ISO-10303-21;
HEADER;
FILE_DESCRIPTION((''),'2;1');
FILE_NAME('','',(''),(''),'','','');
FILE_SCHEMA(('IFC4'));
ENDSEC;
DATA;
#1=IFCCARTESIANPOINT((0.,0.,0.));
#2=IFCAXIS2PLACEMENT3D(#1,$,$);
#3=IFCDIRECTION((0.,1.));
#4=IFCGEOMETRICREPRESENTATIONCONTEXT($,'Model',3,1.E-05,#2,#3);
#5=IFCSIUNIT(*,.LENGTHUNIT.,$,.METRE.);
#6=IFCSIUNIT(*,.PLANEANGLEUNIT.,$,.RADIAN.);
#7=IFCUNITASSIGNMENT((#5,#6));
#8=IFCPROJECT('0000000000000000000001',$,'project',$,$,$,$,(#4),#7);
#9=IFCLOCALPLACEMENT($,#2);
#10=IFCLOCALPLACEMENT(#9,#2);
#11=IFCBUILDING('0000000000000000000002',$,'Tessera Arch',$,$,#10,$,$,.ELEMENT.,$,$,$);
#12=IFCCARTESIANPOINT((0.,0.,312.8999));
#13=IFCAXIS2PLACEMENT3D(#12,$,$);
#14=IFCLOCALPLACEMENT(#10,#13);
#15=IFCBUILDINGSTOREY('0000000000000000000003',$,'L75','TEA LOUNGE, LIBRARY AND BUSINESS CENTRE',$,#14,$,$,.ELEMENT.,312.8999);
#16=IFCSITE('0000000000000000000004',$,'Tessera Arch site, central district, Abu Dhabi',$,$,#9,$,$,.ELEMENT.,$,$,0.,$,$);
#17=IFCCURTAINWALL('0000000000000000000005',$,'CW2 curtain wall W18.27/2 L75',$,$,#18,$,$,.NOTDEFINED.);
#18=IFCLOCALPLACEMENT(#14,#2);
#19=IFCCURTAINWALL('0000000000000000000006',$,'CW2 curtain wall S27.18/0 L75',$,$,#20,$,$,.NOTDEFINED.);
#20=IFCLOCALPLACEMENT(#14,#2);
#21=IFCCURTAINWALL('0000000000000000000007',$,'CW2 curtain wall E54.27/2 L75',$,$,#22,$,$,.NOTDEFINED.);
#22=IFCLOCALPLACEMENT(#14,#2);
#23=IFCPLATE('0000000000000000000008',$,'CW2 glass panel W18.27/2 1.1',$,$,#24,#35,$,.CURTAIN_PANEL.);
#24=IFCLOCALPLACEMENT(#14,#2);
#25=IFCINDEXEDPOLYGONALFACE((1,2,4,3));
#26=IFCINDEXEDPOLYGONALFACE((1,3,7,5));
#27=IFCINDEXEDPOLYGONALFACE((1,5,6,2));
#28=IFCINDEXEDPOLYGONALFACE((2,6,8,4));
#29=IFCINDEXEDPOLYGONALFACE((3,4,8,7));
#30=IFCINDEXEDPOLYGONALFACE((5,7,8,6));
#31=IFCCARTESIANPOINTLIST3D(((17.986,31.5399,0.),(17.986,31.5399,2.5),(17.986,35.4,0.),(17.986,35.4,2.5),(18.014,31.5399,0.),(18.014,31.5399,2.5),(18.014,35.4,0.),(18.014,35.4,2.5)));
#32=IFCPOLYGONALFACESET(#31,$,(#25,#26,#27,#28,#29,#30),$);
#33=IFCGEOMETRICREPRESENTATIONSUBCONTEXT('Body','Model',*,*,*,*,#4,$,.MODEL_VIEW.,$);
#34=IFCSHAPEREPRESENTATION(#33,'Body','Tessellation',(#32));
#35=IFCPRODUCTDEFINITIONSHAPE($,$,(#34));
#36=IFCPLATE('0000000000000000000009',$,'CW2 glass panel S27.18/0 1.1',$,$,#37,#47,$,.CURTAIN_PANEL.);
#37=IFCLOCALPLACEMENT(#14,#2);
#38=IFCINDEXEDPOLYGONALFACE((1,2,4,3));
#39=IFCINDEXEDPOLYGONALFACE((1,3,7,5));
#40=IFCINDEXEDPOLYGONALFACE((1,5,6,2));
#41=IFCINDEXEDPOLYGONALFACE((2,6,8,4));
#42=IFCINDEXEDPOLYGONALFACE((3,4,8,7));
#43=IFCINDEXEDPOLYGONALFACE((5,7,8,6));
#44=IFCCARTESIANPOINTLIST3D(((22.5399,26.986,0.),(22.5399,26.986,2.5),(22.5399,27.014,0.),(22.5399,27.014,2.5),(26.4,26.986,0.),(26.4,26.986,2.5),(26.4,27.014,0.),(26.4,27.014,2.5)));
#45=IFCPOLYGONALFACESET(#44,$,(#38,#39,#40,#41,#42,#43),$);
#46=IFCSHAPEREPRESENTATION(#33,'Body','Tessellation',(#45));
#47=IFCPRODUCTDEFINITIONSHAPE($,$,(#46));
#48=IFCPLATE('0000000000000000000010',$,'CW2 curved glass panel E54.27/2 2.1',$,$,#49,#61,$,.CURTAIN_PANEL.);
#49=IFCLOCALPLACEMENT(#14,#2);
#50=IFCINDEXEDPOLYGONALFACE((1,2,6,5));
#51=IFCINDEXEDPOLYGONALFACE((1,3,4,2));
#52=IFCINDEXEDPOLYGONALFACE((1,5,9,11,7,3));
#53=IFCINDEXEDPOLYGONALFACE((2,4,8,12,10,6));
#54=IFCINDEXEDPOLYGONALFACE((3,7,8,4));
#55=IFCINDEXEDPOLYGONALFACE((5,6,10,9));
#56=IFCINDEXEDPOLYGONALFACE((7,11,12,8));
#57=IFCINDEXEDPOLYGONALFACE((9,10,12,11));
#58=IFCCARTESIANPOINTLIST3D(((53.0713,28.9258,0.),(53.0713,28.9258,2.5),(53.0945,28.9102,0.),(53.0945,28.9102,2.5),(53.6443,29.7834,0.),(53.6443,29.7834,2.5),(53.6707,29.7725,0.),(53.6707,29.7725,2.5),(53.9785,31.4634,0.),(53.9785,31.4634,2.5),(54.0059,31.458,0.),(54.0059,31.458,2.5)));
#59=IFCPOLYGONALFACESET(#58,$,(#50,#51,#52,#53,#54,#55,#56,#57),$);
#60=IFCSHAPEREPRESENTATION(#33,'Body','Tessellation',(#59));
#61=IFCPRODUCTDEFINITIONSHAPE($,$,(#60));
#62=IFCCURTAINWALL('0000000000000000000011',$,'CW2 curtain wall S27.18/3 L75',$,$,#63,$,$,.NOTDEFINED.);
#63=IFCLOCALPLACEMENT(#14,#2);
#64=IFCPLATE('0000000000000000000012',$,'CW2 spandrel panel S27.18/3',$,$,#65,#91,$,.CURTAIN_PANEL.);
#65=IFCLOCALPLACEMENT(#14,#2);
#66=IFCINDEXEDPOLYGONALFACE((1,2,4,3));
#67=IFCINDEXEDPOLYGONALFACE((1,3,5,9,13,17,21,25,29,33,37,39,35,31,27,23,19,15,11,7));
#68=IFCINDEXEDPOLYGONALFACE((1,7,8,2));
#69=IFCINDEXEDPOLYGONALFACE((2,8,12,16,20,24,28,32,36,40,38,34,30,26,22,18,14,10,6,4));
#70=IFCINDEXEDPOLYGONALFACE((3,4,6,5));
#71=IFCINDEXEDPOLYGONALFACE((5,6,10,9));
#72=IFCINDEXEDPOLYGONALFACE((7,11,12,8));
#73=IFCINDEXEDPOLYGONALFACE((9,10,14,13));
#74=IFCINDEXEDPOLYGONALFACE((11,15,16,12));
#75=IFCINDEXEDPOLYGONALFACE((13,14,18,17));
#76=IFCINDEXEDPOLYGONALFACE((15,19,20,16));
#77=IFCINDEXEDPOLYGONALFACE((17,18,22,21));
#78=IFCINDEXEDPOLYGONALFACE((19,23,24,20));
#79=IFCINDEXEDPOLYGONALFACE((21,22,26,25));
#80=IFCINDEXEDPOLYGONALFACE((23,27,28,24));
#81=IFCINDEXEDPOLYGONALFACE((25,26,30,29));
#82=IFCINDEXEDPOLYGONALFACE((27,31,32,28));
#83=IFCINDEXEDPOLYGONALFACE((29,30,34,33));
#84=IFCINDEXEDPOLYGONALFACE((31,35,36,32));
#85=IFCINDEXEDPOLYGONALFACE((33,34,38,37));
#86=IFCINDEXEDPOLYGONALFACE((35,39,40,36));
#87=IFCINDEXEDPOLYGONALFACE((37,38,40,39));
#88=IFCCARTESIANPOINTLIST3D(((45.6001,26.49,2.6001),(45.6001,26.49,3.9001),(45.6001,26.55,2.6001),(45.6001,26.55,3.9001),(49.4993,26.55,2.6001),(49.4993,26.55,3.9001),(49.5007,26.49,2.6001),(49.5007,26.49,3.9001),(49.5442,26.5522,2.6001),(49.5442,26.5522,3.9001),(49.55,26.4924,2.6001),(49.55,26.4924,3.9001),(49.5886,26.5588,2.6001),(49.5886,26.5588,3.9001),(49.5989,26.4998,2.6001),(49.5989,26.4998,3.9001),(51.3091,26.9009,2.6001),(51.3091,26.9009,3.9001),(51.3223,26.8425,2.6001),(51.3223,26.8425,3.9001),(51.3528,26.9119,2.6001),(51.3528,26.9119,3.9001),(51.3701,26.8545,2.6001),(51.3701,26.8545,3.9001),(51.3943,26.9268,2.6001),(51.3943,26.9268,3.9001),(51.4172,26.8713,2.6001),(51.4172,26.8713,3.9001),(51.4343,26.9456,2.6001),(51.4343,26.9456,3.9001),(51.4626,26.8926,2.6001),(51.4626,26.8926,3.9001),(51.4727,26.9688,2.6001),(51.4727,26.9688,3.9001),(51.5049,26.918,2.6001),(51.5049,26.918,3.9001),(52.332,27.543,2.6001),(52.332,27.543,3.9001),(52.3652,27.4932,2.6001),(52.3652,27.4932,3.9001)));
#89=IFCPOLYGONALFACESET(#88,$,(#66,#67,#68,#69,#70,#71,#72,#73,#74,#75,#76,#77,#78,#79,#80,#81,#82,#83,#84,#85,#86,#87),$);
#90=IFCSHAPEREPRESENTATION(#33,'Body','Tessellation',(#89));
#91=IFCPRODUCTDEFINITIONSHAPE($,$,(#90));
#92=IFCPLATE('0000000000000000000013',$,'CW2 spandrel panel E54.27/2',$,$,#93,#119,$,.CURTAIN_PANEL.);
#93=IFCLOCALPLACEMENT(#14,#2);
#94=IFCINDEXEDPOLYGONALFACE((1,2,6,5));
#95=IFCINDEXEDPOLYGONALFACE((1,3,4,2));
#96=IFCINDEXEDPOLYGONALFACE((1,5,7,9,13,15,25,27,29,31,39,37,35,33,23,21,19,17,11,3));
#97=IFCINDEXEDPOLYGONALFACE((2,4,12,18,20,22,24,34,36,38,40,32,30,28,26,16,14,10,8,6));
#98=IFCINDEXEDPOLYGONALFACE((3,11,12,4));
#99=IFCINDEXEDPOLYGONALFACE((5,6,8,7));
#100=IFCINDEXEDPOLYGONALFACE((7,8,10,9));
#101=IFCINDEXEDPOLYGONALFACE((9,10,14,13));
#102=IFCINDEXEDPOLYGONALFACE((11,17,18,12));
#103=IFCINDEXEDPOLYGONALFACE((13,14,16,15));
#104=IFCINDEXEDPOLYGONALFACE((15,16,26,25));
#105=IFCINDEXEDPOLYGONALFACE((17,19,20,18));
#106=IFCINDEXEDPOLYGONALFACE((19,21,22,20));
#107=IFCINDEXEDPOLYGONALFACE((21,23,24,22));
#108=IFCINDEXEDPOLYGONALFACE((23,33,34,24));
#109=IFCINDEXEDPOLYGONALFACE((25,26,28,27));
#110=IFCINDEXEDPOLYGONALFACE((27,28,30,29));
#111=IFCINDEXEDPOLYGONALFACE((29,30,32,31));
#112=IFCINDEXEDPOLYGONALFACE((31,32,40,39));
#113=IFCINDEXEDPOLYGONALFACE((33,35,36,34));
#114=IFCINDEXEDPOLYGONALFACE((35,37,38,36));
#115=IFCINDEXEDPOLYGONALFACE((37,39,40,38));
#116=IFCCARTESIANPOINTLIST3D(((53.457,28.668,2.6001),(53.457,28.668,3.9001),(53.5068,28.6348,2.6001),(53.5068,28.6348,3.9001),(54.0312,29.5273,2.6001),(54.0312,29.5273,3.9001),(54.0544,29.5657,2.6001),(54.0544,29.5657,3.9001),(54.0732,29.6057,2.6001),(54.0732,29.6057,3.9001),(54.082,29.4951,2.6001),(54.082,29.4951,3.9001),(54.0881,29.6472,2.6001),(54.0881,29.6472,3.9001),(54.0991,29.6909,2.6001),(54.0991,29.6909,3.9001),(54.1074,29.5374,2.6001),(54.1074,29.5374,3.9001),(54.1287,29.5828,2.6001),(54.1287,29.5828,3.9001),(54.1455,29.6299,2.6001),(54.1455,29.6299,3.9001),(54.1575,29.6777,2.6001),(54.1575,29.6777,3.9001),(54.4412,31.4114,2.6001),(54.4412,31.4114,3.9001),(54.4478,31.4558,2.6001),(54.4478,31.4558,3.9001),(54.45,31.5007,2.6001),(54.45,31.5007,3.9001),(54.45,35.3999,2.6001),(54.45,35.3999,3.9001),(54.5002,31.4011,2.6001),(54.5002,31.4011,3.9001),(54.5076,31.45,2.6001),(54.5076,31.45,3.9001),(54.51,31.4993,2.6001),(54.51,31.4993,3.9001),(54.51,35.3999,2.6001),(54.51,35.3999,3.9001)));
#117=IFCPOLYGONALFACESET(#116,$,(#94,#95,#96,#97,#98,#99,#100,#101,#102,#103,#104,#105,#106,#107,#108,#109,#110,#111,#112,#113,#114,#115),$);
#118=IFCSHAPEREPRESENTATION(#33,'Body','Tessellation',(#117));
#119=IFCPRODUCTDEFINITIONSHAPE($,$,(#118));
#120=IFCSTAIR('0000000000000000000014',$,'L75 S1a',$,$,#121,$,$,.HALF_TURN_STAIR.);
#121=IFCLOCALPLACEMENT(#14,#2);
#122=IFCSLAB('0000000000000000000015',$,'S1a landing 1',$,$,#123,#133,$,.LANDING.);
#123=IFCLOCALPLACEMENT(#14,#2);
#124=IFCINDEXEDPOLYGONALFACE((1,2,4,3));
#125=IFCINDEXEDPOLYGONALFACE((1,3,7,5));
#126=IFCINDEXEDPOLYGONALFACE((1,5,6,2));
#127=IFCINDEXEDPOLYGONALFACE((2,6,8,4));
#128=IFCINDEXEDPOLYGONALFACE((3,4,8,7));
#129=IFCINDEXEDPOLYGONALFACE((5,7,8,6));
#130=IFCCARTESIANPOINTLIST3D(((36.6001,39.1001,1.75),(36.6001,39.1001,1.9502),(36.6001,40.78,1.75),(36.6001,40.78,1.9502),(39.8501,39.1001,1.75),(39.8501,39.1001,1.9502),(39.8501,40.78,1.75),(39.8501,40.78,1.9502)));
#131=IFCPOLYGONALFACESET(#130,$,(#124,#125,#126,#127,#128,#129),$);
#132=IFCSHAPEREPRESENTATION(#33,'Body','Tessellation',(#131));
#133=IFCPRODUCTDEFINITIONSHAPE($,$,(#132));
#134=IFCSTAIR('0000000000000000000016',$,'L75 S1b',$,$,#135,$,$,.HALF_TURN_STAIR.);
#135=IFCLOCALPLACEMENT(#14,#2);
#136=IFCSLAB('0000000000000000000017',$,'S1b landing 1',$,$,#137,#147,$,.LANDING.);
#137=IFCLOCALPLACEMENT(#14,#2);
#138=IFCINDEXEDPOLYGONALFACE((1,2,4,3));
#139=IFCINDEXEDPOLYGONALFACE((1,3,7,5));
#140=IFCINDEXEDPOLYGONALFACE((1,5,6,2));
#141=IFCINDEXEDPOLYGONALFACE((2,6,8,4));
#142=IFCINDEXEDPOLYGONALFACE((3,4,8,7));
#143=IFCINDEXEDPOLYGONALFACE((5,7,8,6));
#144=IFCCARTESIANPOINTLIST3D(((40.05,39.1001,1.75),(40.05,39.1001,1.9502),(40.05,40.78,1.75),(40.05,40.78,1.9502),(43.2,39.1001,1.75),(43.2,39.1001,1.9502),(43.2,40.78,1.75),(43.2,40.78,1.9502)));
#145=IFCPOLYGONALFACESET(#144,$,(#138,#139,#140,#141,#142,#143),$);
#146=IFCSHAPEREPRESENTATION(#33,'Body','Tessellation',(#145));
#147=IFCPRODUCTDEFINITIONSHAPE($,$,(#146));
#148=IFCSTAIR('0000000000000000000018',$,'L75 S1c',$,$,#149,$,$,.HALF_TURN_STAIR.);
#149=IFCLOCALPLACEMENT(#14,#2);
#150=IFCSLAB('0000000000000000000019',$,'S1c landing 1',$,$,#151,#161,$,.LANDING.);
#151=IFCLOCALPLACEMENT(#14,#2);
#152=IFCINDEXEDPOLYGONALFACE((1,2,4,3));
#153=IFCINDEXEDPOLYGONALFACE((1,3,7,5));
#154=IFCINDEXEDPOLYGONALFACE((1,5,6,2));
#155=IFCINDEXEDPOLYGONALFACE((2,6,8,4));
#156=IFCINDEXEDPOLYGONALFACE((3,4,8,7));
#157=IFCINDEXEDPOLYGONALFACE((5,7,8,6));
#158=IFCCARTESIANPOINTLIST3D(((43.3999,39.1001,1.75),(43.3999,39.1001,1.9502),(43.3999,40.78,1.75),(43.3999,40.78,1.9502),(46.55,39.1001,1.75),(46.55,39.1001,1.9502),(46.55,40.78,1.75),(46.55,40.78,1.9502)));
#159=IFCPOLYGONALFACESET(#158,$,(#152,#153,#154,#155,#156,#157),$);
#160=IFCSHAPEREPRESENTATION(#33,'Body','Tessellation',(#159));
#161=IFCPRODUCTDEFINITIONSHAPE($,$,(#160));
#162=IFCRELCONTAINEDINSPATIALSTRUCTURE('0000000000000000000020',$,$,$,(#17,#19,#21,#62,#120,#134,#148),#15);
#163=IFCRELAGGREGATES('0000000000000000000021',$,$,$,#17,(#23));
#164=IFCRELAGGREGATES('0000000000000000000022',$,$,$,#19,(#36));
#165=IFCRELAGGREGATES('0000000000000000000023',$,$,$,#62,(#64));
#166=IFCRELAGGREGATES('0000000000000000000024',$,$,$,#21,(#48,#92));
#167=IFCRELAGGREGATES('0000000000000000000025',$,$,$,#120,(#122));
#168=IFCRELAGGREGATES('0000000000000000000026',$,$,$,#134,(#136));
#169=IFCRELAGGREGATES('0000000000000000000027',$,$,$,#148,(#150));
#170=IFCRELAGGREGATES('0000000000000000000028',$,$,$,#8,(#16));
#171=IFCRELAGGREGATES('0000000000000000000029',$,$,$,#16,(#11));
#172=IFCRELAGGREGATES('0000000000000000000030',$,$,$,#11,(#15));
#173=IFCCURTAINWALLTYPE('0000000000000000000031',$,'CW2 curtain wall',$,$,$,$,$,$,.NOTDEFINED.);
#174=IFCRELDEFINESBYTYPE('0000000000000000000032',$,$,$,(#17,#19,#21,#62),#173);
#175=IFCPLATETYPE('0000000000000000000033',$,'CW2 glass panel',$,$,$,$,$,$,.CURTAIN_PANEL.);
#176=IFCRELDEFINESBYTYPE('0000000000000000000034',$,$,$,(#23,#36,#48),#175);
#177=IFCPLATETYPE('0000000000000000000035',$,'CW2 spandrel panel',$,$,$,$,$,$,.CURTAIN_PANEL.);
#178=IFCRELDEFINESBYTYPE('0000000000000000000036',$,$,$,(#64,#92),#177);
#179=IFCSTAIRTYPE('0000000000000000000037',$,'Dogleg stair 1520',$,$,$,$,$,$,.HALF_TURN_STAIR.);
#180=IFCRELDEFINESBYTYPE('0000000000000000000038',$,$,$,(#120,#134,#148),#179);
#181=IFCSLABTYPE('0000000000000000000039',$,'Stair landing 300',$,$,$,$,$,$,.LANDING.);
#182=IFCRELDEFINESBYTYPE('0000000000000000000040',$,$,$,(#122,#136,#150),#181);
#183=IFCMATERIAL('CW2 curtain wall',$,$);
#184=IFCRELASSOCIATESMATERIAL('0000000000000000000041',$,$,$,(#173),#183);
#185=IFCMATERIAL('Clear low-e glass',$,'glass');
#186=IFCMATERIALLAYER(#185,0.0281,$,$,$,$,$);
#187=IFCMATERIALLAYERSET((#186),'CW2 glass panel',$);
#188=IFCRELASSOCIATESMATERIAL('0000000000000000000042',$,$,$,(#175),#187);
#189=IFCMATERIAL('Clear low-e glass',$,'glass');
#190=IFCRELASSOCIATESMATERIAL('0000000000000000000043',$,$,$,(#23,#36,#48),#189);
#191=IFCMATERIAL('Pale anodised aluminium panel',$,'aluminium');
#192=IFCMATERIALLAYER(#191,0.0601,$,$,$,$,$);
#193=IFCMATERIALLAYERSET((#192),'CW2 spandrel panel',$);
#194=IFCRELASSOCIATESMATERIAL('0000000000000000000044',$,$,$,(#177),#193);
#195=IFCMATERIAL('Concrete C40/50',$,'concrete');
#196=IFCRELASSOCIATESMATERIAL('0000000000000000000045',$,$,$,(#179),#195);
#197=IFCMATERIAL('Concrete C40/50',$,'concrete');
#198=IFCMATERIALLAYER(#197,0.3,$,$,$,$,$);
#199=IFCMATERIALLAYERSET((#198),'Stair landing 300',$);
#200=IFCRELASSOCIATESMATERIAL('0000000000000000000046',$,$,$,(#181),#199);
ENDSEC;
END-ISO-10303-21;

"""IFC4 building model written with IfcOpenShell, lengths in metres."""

from ifc_helpers import new_model, si_unit, direction, frame, origin, origin_2d, place, context, subcontext, project, spatial, polyline, rectangle, outline, extrude, material, layer, layer_set, type_object, element, aggregate, save


model = new_model("IFC4")

# Units and contexts
model_context = context("Model", 3, precision=1e-05, world=origin(), true_north=direction((0.0, 1.0)))
body_context = subcontext(model_context, "Body", "Model", "MODEL_VIEW")
ifc_project = project(units=[si_unit("LENGTHUNIT", "METRE"), si_unit("PLANEANGLEUNIT", "RADIAN")], contexts=[model_context])

# Site, building, storey
site_placement = place(None, origin())
site = spatial("IfcSite", under=ifc_project, at=site_placement, Name="Tessera Arch site, central district, Abu Dhabi", CompositionType="ELEMENT", RefElevation=0.0)
building_placement = place(site_placement, origin())
building = spatial("IfcBuilding", under=site, at=building_placement, Name="Tessera Arch", CompositionType="ELEMENT")
storey_placement = place(building_placement, frame((0.0, 0.0, 312.8999)))
storey = spatial("IfcBuildingStorey", under=building, at=storey_placement, Name="L75", Description="TEA LOUNGE, LIBRARY AND BUSINESS CENTRE", CompositionType="ELEMENT", Elevation=312.8999)

# Curtain walls
ifc_material_1 = material(Name="CW2 curtain wall")
curtain_wall_type_1 = type_object("IfcCurtainWallType", Name="CW2 curtain wall", PredefinedType="NOTDEFINED", material=ifc_material_1)
curtain_wall_1_placement = place(storey_placement, origin())
curtain_wall_1 = element("IfcCurtainWall", 1, at=curtain_wall_1_placement, inside=storey, type_object=curtain_wall_type_1, Name="CW2 curtain wall W18.27/2 L75", PredefinedType="NOTDEFINED")
curtain_wall_2_placement = place(storey_placement, origin())
curtain_wall_2 = element("IfcCurtainWall", 2, at=curtain_wall_2_placement, inside=storey, type_object=curtain_wall_type_1, Name="CW2 curtain wall S27.18/0 L75", PredefinedType="NOTDEFINED")
curtain_wall_3_placement = place(storey_placement, origin())
curtain_wall_3 = element("IfcCurtainWall", 3, at=curtain_wall_3_placement, inside=storey, type_object=curtain_wall_type_1, Name="CW2 curtain wall E54.27/2 L75", PredefinedType="NOTDEFINED")

# Plates
ifc_material_2 = material(Name="Clear low-e glass", Category="glass")
ifc_material_3 = material(Name="Clear low-e glass", Category="glass")
ifc_layer_1 = layer(ifc_material_3, 0.0281)
ifc_layer_set_1 = layer_set([ifc_layer_1], Name="CW2 glass panel")
plate_type_1 = type_object("IfcPlateType", Name="CW2 glass panel", PredefinedType="CURTAIN_PANEL", material=ifc_layer_set_1)
plate_1_placement = place(storey_placement, frame((18.0, 33.47, 0.0), z_axis=(0.0, 0.0, 1.0), x_axis=(0.0, -1.0, 0.0)))
plate_1 = element("IfcPlate", 4, at=plate_1_placement, type_object=plate_type_1, material=ifc_material_2, Name="CW2 glass panel W18.27/2 1.1", PredefinedType="CURTAIN_PANEL", context=body_context, shape_type="SweptSolid", body=[
    extrude(rectangle(XDim=3.8601, YDim=0.0281, at=origin_2d()), origin(), (0.0, 0.0, 1.0), 2.5),
])
aggregate(curtain_wall_1, [plate_1])
plate_2_placement = place(storey_placement, frame((24.47, 27.0, 0.0), z_axis=(0.0, 0.0, 1.0), x_axis=(1.0, 0.0, 0.0)))
plate_2 = element("IfcPlate", 5, at=plate_2_placement, type_object=plate_type_1, material=ifc_material_2, Name="CW2 glass panel S27.18/0 1.1", PredefinedType="CURTAIN_PANEL", context=body_context, shape_type="SweptSolid", body=[
    extrude(rectangle(XDim=3.8601, YDim=0.0281, at=origin_2d()), origin(), (0.0, 0.0, 1.0), 2.5),
])
aggregate(curtain_wall_2, [plate_2])
plate_3_placement = place(storey_placement, origin())
plate_3 = element("IfcPlate", 6, at=plate_3_placement, type_object=plate_type_1, material=ifc_material_2, Name="CW2 curved glass panel E54.27/2 2.1", PredefinedType="CURTAIN_PANEL", context=body_context, shape_type="SweptSolid", body=[
    extrude(outline(polyline([(53.6443, 29.7834), (53.0713, 28.9258), (53.0945, 28.9102), (53.6707, 29.7725), (54.0059, 31.458), (53.9785, 31.4634), (53.6443, 29.7834)])), origin(), (0.0, 0.0, 1.0), 2.5),
])

# Curtain wall, plate
curtain_wall_4_placement = place(storey_placement, origin())
curtain_wall_4 = element("IfcCurtainWall", 7, at=curtain_wall_4_placement, inside=storey, type_object=curtain_wall_type_1, Name="CW2 curtain wall S27.18/3 L75", PredefinedType="NOTDEFINED")
ifc_material_4 = material(Name="Pale anodised aluminium panel", Category="aluminium")
ifc_layer_2 = layer(ifc_material_4, 0.0601)
ifc_layer_set_2 = layer_set([ifc_layer_2], Name="CW2 spandrel panel")
plate_type_2 = type_object("IfcPlateType", Name="CW2 spandrel panel", PredefinedType="CURTAIN_PANEL", material=ifc_layer_set_2)
plate_4_placement = place(storey_placement, frame((0.0, 0.0, 2.6001)))
plate_4 = element("IfcPlate", 8, at=plate_4_placement, type_object=plate_type_2, Name="CW2 spandrel panel S27.18/3", PredefinedType="CURTAIN_PANEL", context=body_context, shape_type="SweptSolid", body=[
    extrude(outline(polyline([(49.4993, 26.55), (45.6001, 26.55), (45.6001, 26.49), (49.5007, 26.49), (49.55, 26.4924), (49.5989, 26.4998), (51.3223, 26.8425), (51.3701, 26.8545), (51.4172, 26.8713), (51.4626, 26.8926), (51.5049, 26.918), (52.3652, 27.4932), (52.332, 27.543), (51.4727, 26.9688), (51.4343, 26.9456), (51.3943, 26.9268), (51.3528, 26.9119), (51.3091, 26.9009), (49.5886, 26.5588), (49.5442, 26.5522), (49.4993, 26.55)])), origin(), (0.0, 0.0, 1.0), 1.3),
])
aggregate(curtain_wall_4, [plate_4])

# Plate
plate_5_placement = place(storey_placement, frame((0.0, 0.0, 2.6001)))
plate_5 = element("IfcPlate", 9, at=plate_5_placement, type_object=plate_type_2, Name="CW2 spandrel panel E54.27/2", PredefinedType="CURTAIN_PANEL", context=body_context, shape_type="SweptSolid", body=[
    extrude(outline(polyline([(54.0312, 29.5273), (53.457, 28.668), (53.5068, 28.6348), (54.082, 29.4951), (54.1074, 29.5374), (54.1287, 29.5828), (54.1455, 29.6299), (54.1575, 29.6777), (54.5002, 31.4011), (54.5076, 31.45), (54.51, 31.4993), (54.51, 35.3999), (54.45, 35.3999), (54.45, 31.5007), (54.4478, 31.4558), (54.4412, 31.4114), (54.0991, 29.6909), (54.0881, 29.6472), (54.0732, 29.6057), (54.0544, 29.5657), (54.0312, 29.5273)])), origin(), (0.0, 0.0, 1.0), 1.3),
])
aggregate(curtain_wall_3, [plate_3, plate_5])

# Stairs, slabs
ifc_material_5 = material(Name="Concrete C40/50", Category="concrete")
stair_type = type_object("IfcStairType", Name="Dogleg stair 1520", PredefinedType="HALF_TURN_STAIR", material=ifc_material_5)
stair_1_placement = place(storey_placement, origin())
stair_1 = element("IfcStair", 10, at=stair_1_placement, inside=storey, type_object=stair_type, Name="L75 S1a", PredefinedType="HALF_TURN_STAIR")
ifc_material_6 = material(Name="Concrete C40/50", Category="concrete")
ifc_layer_3 = layer(ifc_material_6, 0.3)
ifc_layer_set_3 = layer_set([ifc_layer_3], Name="Stair landing 300")
slab_type = type_object("IfcSlabType", Name="Stair landing 300", PredefinedType="LANDING", material=ifc_layer_set_3)
slab_1_placement = place(storey_placement, frame((0.0, 0.0, 1.75)))
slab_1 = element("IfcSlab", 11, at=slab_1_placement, type_object=slab_type, Name="S1a landing 1", PredefinedType="LANDING", context=body_context, shape_type="SweptSolid", body=[
    extrude(outline(polyline([(36.6001, 40.78), (36.6001, 39.1001), (39.8501, 39.1001), (39.8501, 40.78), (36.6001, 40.78)])), origin(), (0.0, 0.0, 1.0), 0.2002),
])
aggregate(stair_1, [slab_1])
stair_2_placement = place(storey_placement, origin())
stair_2 = element("IfcStair", 12, at=stair_2_placement, inside=storey, type_object=stair_type, Name="L75 S1b", PredefinedType="HALF_TURN_STAIR")
slab_2_placement = place(storey_placement, frame((0.0, 0.0, 1.75)))
slab_2 = element("IfcSlab", 13, at=slab_2_placement, type_object=slab_type, Name="S1b landing 1", PredefinedType="LANDING", context=body_context, shape_type="SweptSolid", body=[
    extrude(outline(polyline([(40.05, 40.78), (40.05, 39.1001), (43.2, 39.1001), (43.2, 40.78), (40.05, 40.78)])), origin(), (0.0, 0.0, 1.0), 0.2002),
])
aggregate(stair_2, [slab_2])
stair_3_placement = place(storey_placement, origin())
stair_3 = element("IfcStair", 14, at=stair_3_placement, inside=storey, type_object=stair_type, Name="L75 S1c", PredefinedType="HALF_TURN_STAIR")
slab_3_placement = place(storey_placement, frame((0.0, 0.0, 1.75)))
slab_3 = element("IfcSlab", 15, at=slab_3_placement, type_object=slab_type, Name="S1c landing 1", PredefinedType="LANDING", context=body_context, shape_type="SweptSolid", body=[
    extrude(outline(polyline([(43.3999, 40.78), (43.3999, 39.1001), (46.55, 39.1001), (46.55, 40.78), (43.3999, 40.78)])), origin(), (0.0, 0.0, 1.0), 0.2002),
])
aggregate(stair_3, [slab_3])

save(model, "model.ifc")
